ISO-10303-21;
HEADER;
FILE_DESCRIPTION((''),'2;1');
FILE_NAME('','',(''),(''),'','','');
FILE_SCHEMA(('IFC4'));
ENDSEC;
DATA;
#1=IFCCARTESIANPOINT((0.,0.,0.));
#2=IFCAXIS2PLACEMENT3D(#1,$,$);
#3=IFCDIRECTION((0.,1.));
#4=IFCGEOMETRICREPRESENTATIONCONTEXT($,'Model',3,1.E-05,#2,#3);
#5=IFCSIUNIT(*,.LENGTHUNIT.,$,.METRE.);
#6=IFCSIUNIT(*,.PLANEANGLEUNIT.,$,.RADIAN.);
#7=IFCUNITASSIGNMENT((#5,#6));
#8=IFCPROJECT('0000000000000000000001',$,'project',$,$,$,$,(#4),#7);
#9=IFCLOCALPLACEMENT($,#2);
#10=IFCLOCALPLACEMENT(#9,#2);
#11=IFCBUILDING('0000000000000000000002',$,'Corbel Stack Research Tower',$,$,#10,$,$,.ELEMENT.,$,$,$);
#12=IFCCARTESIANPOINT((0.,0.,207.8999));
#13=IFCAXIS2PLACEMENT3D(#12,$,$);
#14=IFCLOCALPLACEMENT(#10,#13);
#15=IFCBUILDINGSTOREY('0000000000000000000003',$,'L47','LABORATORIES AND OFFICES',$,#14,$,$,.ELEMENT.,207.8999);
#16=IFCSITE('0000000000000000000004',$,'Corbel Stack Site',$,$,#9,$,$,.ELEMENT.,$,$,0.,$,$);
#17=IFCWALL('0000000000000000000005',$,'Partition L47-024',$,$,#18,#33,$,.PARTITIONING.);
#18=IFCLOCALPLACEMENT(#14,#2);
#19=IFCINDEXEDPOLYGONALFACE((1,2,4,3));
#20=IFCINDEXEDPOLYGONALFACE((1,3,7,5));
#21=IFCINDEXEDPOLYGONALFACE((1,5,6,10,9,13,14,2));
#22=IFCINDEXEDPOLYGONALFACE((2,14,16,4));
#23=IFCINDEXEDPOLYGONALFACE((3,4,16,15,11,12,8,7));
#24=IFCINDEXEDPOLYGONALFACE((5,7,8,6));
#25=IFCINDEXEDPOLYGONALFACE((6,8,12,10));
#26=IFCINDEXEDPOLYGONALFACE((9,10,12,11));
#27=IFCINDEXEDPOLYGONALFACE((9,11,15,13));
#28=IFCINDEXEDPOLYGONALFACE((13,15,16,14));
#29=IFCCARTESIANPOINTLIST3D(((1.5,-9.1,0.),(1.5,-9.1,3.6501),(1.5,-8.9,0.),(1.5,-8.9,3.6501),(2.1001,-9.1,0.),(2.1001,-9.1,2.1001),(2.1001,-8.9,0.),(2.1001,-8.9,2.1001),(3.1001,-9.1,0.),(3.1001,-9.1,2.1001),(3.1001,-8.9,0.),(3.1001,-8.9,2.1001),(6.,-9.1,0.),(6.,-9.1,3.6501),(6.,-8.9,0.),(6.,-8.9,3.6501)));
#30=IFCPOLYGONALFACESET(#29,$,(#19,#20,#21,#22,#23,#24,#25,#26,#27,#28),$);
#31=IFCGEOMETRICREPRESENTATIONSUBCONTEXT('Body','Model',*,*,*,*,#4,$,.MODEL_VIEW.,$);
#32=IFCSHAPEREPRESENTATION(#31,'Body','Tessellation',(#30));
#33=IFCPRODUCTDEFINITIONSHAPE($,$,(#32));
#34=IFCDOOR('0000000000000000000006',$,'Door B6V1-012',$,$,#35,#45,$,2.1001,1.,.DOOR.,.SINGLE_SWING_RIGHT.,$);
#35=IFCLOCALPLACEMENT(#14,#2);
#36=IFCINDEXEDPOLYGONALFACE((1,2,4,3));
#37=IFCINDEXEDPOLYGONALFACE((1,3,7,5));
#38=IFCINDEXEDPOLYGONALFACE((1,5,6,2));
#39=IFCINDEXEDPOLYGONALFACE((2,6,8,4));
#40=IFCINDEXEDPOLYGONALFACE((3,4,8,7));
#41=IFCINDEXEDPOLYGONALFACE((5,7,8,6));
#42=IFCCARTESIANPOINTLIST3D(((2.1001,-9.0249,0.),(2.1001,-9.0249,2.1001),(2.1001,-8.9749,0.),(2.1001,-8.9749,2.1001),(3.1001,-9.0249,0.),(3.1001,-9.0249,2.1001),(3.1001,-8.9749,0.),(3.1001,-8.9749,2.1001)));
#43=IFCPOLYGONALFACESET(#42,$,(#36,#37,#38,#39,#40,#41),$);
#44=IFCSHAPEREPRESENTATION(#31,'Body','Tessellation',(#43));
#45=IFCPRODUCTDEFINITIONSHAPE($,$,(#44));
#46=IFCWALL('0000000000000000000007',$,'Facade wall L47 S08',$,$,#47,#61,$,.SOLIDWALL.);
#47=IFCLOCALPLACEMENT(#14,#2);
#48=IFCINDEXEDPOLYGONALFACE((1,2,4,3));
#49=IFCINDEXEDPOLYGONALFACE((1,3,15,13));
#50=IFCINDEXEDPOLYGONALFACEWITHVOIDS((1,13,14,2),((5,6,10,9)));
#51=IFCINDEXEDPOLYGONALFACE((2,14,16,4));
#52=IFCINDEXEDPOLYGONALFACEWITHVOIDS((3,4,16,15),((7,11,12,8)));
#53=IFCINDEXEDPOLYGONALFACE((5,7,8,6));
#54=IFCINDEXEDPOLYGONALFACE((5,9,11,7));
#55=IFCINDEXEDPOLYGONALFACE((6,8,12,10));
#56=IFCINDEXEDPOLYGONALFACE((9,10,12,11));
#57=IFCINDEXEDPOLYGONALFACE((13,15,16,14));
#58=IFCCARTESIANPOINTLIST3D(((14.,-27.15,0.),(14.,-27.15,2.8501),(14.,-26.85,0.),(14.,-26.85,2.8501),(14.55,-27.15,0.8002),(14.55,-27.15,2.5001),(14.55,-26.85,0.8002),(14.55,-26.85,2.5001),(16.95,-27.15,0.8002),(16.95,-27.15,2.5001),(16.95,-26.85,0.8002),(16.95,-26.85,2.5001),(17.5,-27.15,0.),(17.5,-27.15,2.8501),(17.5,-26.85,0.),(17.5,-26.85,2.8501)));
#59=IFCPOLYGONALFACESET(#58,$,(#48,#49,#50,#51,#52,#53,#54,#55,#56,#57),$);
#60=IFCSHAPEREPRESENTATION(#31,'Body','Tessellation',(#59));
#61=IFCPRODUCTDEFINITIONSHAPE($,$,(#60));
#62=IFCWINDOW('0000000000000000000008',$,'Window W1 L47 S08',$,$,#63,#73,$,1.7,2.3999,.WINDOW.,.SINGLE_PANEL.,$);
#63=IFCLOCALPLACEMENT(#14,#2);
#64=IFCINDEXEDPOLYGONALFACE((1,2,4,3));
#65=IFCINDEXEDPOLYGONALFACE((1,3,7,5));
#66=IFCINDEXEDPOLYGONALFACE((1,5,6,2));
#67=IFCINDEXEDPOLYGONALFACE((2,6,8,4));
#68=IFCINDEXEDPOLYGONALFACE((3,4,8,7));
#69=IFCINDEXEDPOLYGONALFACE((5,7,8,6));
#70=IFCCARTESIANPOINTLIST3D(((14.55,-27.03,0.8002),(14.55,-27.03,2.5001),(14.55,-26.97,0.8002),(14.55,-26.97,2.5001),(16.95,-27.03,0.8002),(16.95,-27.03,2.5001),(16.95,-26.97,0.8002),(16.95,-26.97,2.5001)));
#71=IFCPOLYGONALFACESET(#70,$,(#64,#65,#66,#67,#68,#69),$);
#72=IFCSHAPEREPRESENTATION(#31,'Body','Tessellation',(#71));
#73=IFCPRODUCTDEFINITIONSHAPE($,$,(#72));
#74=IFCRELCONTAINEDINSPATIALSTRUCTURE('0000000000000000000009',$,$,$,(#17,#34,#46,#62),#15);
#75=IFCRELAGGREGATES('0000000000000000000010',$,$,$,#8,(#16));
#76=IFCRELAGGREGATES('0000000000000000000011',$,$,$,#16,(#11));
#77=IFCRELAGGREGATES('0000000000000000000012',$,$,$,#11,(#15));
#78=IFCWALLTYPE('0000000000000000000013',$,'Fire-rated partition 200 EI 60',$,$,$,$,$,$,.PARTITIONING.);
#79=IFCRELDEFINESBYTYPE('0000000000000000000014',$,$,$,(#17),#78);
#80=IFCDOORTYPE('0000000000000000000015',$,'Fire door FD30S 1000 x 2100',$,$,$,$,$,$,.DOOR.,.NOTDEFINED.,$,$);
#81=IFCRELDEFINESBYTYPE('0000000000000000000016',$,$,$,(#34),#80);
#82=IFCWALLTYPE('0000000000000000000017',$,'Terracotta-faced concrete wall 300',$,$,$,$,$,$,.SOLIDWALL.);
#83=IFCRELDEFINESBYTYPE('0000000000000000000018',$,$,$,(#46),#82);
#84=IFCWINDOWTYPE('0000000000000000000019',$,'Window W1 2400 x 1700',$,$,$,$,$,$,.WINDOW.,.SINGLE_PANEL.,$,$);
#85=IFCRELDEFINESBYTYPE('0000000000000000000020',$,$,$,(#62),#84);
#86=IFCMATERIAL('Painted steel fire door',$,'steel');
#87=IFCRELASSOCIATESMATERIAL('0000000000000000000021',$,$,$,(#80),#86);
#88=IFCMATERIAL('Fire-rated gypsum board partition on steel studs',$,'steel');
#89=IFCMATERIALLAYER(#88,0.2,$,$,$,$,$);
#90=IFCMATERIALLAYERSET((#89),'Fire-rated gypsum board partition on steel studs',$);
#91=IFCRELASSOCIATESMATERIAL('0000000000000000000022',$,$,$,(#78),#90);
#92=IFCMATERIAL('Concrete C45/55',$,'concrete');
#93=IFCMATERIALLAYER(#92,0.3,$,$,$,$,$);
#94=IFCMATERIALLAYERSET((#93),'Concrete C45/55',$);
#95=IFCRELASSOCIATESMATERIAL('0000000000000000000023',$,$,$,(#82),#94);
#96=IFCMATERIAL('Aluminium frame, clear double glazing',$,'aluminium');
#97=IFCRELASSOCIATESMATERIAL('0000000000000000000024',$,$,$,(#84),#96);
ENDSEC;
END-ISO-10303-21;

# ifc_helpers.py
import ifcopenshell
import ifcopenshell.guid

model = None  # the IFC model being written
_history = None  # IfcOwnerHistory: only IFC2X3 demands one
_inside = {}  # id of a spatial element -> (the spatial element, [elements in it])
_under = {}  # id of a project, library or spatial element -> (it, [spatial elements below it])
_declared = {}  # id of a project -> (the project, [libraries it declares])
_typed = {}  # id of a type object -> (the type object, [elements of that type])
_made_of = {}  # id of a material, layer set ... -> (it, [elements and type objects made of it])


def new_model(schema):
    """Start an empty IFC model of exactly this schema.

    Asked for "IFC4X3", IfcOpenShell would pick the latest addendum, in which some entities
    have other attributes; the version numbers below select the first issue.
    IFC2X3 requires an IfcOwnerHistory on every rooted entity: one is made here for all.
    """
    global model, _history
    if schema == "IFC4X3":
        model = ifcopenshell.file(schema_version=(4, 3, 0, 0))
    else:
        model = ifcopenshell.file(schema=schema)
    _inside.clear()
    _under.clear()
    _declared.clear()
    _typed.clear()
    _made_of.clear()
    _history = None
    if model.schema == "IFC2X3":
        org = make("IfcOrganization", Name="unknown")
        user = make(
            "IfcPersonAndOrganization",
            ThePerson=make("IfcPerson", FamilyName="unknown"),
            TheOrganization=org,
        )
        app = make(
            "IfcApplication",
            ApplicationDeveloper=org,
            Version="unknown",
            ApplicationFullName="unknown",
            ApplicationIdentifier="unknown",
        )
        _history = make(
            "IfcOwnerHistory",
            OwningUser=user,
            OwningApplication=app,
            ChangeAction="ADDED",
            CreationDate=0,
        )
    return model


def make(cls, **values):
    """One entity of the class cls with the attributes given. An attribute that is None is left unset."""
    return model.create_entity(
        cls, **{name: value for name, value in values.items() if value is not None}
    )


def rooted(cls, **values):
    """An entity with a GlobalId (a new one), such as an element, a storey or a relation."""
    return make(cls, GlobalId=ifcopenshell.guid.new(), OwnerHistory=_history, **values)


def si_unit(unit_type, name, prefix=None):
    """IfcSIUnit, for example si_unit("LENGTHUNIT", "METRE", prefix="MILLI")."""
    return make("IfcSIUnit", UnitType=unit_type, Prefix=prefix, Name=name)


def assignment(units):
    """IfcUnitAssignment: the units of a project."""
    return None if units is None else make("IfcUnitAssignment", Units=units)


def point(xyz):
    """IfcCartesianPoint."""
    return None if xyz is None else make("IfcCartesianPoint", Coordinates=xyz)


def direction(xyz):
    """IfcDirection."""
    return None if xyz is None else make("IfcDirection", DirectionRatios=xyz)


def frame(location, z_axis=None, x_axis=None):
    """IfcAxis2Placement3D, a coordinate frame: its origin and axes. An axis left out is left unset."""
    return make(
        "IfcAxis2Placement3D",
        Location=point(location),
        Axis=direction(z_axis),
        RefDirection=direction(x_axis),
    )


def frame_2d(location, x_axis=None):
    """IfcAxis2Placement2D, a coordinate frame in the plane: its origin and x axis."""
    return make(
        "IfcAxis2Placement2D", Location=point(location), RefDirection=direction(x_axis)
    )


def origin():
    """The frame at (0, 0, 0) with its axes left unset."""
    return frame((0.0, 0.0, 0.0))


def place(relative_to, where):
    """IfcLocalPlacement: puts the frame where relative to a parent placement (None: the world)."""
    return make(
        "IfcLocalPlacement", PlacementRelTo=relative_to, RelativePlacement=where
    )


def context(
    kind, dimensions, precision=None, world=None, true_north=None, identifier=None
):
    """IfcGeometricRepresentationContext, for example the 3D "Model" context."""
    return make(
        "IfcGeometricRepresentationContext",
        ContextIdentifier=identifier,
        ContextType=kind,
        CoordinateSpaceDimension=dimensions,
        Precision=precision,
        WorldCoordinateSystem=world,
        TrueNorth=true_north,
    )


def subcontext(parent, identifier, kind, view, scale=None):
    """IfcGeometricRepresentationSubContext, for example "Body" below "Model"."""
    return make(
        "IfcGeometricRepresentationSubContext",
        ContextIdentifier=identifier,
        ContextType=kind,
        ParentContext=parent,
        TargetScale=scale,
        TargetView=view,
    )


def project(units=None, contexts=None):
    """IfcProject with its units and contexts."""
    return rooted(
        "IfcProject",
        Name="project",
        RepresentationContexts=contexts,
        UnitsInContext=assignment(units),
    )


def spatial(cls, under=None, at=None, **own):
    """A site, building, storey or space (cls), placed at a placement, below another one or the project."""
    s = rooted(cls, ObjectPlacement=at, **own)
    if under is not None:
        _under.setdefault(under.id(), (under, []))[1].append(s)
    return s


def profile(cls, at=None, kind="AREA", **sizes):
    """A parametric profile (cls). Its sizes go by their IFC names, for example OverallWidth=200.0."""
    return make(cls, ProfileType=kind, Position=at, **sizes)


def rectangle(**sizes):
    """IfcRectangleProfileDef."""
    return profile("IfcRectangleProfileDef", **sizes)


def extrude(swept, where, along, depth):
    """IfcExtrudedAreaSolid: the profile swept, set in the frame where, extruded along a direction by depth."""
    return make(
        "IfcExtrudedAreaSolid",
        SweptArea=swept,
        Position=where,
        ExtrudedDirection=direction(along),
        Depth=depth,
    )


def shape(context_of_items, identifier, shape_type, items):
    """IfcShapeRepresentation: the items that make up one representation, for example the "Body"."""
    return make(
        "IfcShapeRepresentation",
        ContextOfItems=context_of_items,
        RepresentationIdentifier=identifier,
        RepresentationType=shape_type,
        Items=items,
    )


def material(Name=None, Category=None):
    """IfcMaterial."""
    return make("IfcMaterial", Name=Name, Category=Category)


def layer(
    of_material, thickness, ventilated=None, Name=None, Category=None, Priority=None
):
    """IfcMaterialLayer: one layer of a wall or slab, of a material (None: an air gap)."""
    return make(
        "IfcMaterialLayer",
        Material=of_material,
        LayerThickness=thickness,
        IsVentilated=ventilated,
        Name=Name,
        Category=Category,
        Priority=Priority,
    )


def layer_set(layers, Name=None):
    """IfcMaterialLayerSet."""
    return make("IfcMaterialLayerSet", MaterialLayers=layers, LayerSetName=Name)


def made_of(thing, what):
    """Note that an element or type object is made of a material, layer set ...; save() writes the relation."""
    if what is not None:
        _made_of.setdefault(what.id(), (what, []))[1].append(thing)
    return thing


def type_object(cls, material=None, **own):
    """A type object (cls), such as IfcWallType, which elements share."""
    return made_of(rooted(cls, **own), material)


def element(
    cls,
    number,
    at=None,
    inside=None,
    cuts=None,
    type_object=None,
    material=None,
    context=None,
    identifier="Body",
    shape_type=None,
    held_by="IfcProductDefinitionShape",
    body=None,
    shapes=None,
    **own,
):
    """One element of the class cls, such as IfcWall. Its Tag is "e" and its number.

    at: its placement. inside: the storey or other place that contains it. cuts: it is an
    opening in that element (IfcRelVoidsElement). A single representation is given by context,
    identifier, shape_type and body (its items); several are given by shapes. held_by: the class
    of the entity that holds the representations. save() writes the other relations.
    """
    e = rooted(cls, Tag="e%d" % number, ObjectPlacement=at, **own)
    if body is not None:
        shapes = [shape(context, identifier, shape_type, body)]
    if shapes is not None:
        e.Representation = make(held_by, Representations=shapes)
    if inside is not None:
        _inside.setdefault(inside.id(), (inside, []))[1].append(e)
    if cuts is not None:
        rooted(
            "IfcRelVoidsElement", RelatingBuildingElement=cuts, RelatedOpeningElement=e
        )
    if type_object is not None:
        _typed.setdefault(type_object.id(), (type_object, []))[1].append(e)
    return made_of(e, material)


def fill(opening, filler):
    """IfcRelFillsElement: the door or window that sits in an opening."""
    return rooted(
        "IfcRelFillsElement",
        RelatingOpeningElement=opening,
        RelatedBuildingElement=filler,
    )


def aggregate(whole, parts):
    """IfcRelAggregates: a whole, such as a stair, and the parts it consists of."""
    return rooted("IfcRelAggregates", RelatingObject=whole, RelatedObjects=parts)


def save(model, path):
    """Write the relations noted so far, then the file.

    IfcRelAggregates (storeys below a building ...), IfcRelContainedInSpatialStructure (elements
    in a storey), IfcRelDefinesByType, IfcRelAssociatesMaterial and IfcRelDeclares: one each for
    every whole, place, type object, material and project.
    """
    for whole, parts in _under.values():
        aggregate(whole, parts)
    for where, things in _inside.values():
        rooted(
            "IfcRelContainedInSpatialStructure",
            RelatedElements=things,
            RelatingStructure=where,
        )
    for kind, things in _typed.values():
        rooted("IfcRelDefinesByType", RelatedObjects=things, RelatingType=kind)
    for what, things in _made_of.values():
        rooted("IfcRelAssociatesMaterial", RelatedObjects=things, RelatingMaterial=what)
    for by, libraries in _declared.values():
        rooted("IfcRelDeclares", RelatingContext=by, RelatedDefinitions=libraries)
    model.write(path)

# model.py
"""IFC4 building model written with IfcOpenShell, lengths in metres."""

from ifc_helpers import new_model, si_unit, direction, frame, frame_2d, origin, place, context, subcontext, project, spatial, rectangle, extrude, material, layer, layer_set, type_object, element, fill, save


model = new_model("IFC4")

# Units and contexts
model_context = context("Model", 3, precision=1e-05, world=origin(), true_north=direction((0.0, 1.0)))
body_context = subcontext(model_context, "Body", "Model", "MODEL_VIEW")
ifc_project = project(units=[si_unit("LENGTHUNIT", "METRE"), si_unit("PLANEANGLEUNIT", "RADIAN")], contexts=[model_context])

# Site, building, storey
site_placement = place(None, origin())
site = spatial("IfcSite", under=ifc_project, at=site_placement, Name="Corbel Stack Site", CompositionType="ELEMENT", RefElevation=0.0)
building_placement = place(site_placement, origin())
building = spatial("IfcBuilding", under=site, at=building_placement, Name="Corbel Stack Research Tower", CompositionType="ELEMENT")
storey_placement = place(building_placement, frame((0.0, 0.0, 207.8999)))
storey = spatial("IfcBuildingStorey", under=building, at=storey_placement, Name="L47", Description="LABORATORIES AND OFFICES", CompositionType="ELEMENT", Elevation=207.8999)

# Shared definitions
ifc_material_1 = material(Name="Painted steel fire door", Category="steel")
door_type_1 = type_object("IfcDoorType", Name="Fire door FD30S 1000 x 2100", OperationType="NOTDEFINED", PredefinedType="DOOR", material=ifc_material_1)

# Shared definitions
ifc_material_2 = material(Name="Fire-rated gypsum board partition on steel studs", Category="steel")
ifc_layer_1 = layer(ifc_material_2, 0.2)
ifc_layer_set_1 = layer_set([ifc_layer_1], Name="Fire-rated gypsum board partition on steel studs")
wall_type_1 = type_object("IfcWallType", Name="Fire-rated partition 200 EI 60", PredefinedType="PARTITIONING", material=ifc_layer_set_1)

# Wall, opening, door
wall_1_placement = place(storey_placement, frame((6.0, -9.0, 0.0), z_axis=(0.0, 0.0, 1.0), x_axis=(-1.0, 0.0, 0.0)))
wall_1 = element("IfcWall", 1, at=wall_1_placement, inside=storey, type_object=wall_type_1, Name="Partition L47-024", PredefinedType="PARTITIONING", context=body_context, shape_type="SweptSolid", body=[
    extrude(rectangle(XDim=4.5, YDim=0.2, at=frame_2d((2.25, 0.0))), origin(), (0.0, 0.0, 1.0), 3.6501),
])
opening_1_placement = place(wall_1_placement, frame((2.8999, 0.0, 0.0)))
opening_1 = element("IfcOpeningElement", 2, at=opening_1_placement, cuts=wall_1, PredefinedType="OPENING", context=body_context, shape_type="SweptSolid", body=[
    extrude(rectangle(XDim=1.0, YDim=2.1001, at=frame_2d((0.5, 1.05))), frame((0.0, 0.1099, 0.0), z_axis=(0.0, -1.0, 0.0), x_axis=(1.0, 0.0, 0.0)), (0.0, 0.0, 1.0), 0.22),
])
door_1_placement = place(opening_1_placement, origin())
door_1 = element("IfcDoor", 3, at=door_1_placement, inside=storey, type_object=door_type_1, Name="Door B6V1-012", OperationType="SINGLE_SWING_RIGHT", OverallHeight=2.1001, OverallWidth=1.0, PredefinedType="DOOR", context=body_context, shape_type="SweptSolid", body=[
    extrude(rectangle(XDim=1.0, YDim=2.1001, at=frame_2d((0.5, 1.05))), frame((0.0, 0.0249, 0.0), z_axis=(0.0, -1.0, 0.0), x_axis=(1.0, 0.0, 0.0)), (0.0, 0.0, 1.0), 0.05),
])
fill(opening_1, door_1)

# Wall, opening, window
ifc_material_3 = material(Name="Concrete C45/55", Category="concrete")
ifc_layer_2 = layer(ifc_material_3, 0.3)
ifc_layer_set_2 = layer_set([ifc_layer_2], Name="Concrete C45/55")
wall_type_2 = type_object("IfcWallType", Name="Terracotta-faced concrete wall 300", PredefinedType="SOLIDWALL", material=ifc_layer_set_2)
wall_2_placement = place(storey_placement, frame((17.5, -27.0, 0.0), z_axis=(0.0, 0.0, 1.0), x_axis=(-1.0, 0.0, 0.0)))
wall_2 = element("IfcWall", 4, at=wall_2_placement, inside=storey, type_object=wall_type_2, Name="Facade wall L47 S08", PredefinedType="SOLIDWALL", context=body_context, shape_type="SweptSolid", body=[
    extrude(rectangle(XDim=3.5, YDim=0.3, at=frame_2d((1.75, 0.0))), origin(), (0.0, 0.0, 1.0), 2.8501),
])
opening_2_placement = place(wall_2_placement, frame((0.55, 0.0, 0.8)))
opening_2 = element("IfcOpeningElement", 5, at=opening_2_placement, cuts=wall_2, PredefinedType="OPENING", context=body_context, shape_type="SweptSolid", body=[
    extrude(rectangle(XDim=2.3999, YDim=1.7, at=frame_2d((1.2, 0.8501))), frame((0.0, 0.1599, 0.0), z_axis=(0.0, -1.0, 0.0), x_axis=(1.0, 0.0, 0.0)), (0.0, 0.0, 1.0), 0.3201),
])
ifc_material_4 = material(Name="Aluminium frame, clear double glazing", Category="aluminium")
window_type = type_object("IfcWindowType", Name="Window W1 2400 x 1700", PartitioningType="SINGLE_PANEL", PredefinedType="WINDOW", material=ifc_material_4)
window_placement = place(opening_2_placement, origin())
window = element("IfcWindow", 6, at=window_placement, inside=storey, type_object=window_type, Name="Window W1 L47 S08", OverallHeight=1.7, OverallWidth=2.3999, PartitioningType="SINGLE_PANEL", PredefinedType="WINDOW", context=body_context, shape_type="SweptSolid", body=[
    extrude(rectangle(XDim=2.3999, YDim=1.7, at=frame_2d((1.2, 0.8501))), frame((0.0, 0.03, 0.0), z_axis=(0.0, -1.0, 0.0), x_axis=(1.0, 0.0, 0.0)), (0.0, 0.0, 1.0), 0.0601),
])
fill(opening_2, window)

save(model, "model.ifc")
